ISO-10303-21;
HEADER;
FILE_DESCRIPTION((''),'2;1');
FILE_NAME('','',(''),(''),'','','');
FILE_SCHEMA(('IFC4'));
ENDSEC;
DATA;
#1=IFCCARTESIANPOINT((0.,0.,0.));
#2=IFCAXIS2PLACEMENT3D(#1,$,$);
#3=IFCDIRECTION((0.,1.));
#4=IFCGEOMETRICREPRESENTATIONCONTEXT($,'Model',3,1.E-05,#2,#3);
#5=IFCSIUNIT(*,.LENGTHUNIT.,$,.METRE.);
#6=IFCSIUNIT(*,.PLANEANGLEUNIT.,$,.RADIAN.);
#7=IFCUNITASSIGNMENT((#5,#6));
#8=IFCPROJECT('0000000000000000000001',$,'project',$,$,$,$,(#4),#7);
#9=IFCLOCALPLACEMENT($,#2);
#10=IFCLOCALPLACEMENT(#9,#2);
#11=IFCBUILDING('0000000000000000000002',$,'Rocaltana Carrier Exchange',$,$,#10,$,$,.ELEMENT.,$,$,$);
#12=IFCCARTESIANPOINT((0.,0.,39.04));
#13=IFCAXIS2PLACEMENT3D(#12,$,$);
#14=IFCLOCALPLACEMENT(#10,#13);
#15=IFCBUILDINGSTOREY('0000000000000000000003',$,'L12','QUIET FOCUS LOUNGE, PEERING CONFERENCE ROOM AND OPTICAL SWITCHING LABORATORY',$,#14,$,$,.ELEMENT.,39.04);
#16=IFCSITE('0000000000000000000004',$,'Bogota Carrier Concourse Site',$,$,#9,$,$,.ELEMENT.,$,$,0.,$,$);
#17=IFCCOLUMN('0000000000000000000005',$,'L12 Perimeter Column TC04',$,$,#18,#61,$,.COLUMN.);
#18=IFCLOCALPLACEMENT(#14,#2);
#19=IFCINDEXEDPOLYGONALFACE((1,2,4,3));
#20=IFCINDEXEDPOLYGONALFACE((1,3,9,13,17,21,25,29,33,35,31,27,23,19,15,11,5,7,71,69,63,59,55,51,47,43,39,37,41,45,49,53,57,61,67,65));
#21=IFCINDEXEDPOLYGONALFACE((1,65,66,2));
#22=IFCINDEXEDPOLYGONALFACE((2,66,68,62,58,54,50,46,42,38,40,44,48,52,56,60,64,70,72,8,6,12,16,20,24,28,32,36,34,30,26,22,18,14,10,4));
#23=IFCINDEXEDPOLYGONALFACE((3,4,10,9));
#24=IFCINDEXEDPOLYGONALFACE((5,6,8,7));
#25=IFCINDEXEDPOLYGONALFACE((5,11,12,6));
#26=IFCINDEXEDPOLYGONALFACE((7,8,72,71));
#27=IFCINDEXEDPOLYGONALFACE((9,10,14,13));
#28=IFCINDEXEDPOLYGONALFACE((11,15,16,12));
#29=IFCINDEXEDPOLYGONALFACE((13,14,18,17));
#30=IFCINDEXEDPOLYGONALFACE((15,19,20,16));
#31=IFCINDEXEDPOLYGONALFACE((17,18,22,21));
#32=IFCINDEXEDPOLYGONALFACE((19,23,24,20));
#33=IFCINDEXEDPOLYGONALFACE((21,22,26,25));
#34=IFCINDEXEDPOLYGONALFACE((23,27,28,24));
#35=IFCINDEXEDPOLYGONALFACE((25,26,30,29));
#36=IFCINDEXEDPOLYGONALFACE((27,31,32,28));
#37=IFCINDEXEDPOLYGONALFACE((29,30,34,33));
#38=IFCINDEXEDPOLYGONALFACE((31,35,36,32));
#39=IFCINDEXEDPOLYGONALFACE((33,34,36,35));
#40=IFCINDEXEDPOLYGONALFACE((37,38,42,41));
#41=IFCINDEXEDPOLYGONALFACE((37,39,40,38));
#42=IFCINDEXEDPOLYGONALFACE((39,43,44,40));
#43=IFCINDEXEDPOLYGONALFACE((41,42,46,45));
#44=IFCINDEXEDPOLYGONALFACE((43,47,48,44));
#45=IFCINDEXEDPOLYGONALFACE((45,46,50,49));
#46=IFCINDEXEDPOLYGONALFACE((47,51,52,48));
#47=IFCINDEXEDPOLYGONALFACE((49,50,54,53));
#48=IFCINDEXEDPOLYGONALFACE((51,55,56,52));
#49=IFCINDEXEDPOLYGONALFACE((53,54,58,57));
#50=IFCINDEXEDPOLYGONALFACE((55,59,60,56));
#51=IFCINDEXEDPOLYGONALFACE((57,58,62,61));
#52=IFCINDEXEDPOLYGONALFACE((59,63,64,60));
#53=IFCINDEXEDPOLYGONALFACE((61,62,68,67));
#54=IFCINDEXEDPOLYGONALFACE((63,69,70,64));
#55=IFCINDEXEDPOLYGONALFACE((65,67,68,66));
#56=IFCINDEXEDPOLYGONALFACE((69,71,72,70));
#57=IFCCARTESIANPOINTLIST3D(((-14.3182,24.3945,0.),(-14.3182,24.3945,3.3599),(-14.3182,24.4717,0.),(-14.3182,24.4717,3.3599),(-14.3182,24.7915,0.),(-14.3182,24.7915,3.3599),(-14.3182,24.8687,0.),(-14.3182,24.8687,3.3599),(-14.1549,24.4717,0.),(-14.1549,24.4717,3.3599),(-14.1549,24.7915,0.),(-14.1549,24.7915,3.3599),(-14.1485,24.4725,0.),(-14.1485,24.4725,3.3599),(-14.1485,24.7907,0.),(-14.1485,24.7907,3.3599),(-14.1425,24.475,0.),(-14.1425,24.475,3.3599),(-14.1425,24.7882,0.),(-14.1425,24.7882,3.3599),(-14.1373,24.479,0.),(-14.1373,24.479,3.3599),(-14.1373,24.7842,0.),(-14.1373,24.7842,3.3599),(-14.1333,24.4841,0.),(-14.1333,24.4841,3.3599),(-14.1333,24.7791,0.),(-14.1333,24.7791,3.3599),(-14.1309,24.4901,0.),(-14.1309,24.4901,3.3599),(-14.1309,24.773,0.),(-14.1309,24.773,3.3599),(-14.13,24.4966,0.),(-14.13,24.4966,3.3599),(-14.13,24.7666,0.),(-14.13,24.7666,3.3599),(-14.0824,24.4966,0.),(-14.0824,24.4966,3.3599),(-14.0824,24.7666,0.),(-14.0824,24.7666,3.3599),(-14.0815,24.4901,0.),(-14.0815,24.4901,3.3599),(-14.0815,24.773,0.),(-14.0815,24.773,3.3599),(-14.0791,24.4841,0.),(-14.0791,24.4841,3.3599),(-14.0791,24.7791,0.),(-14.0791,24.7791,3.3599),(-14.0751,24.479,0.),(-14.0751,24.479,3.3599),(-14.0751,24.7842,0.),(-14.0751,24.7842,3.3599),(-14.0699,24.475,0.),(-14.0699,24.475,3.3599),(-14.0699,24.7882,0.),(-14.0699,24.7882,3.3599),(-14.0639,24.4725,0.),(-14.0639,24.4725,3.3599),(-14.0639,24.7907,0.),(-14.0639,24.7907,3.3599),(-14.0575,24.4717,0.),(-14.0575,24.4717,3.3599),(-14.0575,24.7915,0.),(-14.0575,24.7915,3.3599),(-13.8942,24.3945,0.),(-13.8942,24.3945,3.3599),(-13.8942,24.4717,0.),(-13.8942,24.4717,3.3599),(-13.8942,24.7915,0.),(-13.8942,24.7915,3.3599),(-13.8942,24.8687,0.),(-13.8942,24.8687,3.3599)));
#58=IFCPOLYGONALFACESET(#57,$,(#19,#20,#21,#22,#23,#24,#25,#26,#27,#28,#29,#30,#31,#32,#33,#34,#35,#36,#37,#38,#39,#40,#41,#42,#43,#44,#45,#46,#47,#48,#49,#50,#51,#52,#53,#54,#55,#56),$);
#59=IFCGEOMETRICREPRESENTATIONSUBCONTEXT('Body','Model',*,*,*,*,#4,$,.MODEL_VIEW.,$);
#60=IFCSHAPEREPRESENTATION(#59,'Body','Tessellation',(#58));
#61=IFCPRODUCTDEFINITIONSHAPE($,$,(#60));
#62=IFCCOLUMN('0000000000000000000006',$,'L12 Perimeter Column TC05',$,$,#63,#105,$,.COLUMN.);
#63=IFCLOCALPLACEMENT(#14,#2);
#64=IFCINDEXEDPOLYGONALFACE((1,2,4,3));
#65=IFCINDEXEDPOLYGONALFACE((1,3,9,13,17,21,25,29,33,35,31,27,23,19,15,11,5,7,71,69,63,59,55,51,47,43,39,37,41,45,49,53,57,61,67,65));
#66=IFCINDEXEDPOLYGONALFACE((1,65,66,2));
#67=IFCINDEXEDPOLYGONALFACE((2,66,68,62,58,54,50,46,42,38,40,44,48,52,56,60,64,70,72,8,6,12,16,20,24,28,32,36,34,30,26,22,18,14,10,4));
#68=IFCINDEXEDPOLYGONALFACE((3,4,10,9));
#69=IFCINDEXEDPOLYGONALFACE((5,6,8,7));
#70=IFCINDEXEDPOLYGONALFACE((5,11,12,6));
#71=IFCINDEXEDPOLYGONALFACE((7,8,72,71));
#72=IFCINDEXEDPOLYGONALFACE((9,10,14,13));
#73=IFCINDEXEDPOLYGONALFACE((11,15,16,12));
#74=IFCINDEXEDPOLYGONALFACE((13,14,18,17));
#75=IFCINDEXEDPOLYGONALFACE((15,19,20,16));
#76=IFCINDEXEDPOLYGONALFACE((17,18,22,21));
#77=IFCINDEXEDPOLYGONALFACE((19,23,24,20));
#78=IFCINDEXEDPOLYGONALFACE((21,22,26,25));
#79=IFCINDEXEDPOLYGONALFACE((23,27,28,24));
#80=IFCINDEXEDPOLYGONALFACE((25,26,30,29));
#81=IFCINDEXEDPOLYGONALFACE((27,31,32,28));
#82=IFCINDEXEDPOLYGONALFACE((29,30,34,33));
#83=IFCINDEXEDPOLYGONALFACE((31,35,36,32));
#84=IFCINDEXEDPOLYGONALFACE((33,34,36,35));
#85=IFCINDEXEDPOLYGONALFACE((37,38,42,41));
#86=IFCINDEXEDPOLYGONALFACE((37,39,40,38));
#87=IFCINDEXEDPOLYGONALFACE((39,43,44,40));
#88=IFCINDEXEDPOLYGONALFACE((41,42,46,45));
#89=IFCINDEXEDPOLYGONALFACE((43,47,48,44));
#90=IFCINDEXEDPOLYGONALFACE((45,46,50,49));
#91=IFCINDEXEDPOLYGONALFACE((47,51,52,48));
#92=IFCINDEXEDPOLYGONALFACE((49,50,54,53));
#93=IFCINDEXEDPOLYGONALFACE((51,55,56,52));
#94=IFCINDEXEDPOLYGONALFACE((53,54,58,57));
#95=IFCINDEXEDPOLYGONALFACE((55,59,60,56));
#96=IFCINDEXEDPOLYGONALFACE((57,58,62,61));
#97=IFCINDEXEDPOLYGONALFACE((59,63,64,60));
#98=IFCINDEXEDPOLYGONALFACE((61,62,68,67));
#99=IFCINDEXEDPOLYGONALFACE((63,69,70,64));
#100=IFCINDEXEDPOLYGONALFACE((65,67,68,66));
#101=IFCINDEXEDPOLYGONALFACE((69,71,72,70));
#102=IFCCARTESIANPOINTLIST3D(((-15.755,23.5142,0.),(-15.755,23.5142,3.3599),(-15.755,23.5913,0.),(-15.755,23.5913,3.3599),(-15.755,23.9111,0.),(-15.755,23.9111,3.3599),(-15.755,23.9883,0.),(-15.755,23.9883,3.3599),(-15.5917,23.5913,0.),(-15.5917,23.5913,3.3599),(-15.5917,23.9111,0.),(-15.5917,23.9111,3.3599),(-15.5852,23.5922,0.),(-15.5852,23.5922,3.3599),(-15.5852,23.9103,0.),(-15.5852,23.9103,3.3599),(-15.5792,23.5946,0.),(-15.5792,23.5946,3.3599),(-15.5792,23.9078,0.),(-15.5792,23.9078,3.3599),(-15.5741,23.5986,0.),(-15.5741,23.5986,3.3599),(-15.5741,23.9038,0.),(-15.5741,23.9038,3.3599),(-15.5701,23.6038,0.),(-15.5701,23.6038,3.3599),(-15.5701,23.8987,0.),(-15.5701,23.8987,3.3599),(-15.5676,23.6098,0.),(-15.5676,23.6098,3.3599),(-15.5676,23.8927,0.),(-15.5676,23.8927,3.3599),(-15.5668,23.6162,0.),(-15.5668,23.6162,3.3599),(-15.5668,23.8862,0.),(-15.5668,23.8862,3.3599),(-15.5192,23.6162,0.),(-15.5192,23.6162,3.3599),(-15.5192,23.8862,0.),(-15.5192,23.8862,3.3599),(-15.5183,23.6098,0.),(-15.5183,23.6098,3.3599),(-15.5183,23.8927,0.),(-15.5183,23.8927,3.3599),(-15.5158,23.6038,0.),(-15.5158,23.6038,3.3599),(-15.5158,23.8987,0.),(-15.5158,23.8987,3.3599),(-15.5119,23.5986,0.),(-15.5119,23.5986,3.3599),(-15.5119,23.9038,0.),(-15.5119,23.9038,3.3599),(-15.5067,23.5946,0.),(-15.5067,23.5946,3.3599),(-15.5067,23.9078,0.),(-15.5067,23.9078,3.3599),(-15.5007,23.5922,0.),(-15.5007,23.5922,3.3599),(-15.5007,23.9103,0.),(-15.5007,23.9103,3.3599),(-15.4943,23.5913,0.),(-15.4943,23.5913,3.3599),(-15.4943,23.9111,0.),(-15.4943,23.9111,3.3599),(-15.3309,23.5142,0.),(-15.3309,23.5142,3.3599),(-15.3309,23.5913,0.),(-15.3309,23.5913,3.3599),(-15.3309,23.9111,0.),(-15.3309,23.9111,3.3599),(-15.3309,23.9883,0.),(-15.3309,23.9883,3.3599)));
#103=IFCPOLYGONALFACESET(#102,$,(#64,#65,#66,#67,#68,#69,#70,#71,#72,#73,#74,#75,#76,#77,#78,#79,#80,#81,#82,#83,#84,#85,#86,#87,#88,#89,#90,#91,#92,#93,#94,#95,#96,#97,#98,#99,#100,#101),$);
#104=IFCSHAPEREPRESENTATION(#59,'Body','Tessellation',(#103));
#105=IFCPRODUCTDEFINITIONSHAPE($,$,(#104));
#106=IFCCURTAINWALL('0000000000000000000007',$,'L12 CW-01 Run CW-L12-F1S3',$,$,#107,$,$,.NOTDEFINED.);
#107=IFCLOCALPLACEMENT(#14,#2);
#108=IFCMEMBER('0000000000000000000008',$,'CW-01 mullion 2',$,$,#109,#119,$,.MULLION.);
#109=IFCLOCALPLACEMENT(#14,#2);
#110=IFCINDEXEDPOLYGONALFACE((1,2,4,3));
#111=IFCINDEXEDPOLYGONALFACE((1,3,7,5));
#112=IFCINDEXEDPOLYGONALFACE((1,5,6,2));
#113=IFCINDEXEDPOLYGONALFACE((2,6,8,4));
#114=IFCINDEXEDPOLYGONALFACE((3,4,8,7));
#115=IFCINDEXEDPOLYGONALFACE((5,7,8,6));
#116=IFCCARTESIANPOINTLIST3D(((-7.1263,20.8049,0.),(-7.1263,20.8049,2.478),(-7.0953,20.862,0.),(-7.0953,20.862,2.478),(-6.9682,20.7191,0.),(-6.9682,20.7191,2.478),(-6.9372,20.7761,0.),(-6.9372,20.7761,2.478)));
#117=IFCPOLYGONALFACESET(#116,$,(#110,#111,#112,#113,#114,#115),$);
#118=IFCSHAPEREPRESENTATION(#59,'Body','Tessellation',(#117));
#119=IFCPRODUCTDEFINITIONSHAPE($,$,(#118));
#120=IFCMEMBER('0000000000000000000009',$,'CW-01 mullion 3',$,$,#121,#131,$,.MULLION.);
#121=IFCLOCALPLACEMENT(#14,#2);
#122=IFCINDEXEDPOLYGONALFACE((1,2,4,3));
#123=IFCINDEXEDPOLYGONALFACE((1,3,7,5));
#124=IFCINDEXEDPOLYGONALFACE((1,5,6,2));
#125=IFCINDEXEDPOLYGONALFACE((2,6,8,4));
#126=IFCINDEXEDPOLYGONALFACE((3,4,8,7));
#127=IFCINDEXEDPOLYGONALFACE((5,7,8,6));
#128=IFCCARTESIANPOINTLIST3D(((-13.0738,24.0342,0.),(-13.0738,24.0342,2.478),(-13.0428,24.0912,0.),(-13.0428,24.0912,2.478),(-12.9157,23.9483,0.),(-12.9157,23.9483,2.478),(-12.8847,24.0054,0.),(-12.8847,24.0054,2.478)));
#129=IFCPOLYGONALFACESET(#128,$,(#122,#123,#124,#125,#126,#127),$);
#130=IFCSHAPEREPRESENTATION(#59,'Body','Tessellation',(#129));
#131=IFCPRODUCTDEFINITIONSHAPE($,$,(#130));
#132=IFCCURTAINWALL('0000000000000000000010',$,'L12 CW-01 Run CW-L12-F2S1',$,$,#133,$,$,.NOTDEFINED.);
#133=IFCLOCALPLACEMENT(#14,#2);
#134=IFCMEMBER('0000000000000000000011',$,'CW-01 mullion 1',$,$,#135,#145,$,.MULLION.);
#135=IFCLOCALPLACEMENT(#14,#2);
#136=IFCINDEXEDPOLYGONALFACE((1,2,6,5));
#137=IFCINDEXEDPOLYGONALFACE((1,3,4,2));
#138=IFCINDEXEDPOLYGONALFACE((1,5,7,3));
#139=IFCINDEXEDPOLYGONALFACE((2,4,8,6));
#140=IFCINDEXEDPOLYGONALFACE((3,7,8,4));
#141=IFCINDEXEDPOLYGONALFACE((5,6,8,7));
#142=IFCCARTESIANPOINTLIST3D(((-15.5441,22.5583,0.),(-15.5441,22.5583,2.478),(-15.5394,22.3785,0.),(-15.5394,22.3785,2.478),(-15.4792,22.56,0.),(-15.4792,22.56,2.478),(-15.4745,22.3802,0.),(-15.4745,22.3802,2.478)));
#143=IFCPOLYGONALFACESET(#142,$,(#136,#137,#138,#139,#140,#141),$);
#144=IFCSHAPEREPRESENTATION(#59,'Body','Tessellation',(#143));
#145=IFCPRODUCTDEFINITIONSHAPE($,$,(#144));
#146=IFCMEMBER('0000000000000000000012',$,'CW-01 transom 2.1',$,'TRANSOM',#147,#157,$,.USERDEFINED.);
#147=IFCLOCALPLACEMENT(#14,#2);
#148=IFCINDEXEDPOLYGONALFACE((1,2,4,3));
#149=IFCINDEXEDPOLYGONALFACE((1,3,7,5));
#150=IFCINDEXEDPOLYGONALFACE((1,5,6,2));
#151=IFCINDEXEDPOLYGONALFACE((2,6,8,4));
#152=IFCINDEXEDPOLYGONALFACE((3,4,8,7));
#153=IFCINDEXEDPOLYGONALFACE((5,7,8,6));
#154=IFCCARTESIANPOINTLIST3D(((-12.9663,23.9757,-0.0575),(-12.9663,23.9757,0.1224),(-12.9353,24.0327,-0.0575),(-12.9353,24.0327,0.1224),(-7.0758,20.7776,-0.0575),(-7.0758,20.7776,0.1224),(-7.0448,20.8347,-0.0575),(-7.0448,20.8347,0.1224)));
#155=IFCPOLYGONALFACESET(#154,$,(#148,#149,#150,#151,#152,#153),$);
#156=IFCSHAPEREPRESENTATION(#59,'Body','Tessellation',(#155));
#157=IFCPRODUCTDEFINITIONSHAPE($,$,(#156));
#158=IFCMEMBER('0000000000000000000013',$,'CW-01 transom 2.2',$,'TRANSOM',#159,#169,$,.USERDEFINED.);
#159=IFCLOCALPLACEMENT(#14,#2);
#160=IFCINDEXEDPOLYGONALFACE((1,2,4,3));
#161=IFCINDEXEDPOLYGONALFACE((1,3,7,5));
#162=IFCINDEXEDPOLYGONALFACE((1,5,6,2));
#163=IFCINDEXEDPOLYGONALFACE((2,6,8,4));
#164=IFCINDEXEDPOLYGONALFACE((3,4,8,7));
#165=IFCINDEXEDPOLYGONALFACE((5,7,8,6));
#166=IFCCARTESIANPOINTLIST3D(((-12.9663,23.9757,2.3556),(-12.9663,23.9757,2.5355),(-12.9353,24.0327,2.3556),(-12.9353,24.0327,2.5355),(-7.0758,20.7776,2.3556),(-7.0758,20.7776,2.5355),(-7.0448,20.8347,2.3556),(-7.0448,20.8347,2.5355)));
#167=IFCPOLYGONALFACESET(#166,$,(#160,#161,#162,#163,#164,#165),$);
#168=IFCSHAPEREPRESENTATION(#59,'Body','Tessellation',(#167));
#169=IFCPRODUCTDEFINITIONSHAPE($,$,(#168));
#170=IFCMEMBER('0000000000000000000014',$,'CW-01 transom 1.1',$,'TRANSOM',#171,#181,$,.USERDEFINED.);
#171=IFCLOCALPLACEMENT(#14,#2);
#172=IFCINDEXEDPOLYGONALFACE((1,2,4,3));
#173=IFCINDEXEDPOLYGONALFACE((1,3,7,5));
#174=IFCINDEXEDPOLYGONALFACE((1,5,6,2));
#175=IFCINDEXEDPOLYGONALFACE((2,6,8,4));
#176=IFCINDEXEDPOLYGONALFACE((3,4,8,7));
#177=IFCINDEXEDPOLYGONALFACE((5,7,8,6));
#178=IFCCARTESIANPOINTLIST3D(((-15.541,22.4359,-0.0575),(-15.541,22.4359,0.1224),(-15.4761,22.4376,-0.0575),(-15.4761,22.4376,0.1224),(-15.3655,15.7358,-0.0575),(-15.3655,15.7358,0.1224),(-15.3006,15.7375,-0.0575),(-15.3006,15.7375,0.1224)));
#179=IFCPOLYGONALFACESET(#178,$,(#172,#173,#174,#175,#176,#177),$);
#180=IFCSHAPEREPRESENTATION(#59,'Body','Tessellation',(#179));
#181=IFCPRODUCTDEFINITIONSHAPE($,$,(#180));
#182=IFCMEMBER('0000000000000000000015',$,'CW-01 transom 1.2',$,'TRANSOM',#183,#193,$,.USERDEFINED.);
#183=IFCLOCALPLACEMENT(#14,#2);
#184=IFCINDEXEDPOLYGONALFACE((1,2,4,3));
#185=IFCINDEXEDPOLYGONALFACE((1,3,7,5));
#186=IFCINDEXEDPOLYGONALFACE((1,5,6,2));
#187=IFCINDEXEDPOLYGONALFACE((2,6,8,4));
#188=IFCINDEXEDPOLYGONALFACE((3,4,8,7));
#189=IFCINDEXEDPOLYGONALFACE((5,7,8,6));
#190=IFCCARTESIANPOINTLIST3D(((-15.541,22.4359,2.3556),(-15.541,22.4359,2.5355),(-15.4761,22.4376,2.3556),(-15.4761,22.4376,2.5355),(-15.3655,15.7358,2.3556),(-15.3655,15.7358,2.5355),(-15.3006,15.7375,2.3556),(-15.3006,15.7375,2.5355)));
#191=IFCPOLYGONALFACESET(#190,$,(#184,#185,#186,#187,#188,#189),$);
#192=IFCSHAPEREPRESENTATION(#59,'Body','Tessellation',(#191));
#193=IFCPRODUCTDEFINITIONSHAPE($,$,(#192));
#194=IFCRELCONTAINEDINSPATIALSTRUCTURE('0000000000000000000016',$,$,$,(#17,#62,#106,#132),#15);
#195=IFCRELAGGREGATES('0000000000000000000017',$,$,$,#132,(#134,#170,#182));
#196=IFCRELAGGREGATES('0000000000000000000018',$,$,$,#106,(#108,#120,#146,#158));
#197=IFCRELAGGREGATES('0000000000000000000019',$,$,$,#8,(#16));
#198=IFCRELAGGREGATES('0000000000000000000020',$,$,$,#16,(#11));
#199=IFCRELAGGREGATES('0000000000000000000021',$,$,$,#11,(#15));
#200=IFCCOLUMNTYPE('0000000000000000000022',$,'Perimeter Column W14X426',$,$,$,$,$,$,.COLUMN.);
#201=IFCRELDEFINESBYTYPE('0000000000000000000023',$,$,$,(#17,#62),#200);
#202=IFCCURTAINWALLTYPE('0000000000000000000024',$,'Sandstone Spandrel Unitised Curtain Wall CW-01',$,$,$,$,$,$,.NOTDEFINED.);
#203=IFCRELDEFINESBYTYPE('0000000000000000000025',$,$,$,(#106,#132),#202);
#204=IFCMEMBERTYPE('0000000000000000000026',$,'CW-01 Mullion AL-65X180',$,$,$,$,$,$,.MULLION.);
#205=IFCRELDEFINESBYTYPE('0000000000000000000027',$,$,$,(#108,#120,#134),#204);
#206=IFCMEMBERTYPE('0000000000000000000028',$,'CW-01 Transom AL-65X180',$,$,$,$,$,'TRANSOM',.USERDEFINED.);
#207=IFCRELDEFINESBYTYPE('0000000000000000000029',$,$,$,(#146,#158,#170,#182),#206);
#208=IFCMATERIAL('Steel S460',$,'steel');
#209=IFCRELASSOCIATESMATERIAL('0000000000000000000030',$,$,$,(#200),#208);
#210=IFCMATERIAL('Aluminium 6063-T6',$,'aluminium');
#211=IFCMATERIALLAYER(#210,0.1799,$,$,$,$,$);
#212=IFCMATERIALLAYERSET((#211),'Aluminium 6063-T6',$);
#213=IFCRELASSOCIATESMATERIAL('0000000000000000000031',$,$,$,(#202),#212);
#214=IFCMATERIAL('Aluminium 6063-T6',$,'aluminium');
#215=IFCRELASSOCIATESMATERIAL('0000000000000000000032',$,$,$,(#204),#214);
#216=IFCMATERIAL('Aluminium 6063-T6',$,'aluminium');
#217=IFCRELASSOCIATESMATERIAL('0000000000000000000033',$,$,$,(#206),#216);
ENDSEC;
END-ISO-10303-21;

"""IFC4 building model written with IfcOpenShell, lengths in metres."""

from ifc_helpers import new_model, si_unit, direction, frame, origin, origin_2d, place, context, subcontext, project, spatial, rectangle, i_section, extrude, material, layer, layer_set, material_profile, profile_set, type_object, element, aggregate, save


model = new_model("IFC4")

# Units and contexts
model_context = context("Model", 3, precision=1e-05, world=origin(), true_north=direction((0.0, 1.0)))
body_context = subcontext(model_context, "Body", "Model", "MODEL_VIEW")
ifc_project = project(units=[si_unit("LENGTHUNIT", "METRE"), si_unit("PLANEANGLEUNIT", "RADIAN")], contexts=[model_context])

# Site, building, storey
site_placement = place(None, origin())
site = spatial("IfcSite", under=ifc_project, at=site_placement, Name="Bogota Carrier Concourse Site", CompositionType="ELEMENT", RefElevation=0.0)
building_placement = place(site_placement, origin())
building = spatial("IfcBuilding", under=site, at=building_placement, Name="Rocaltana Carrier Exchange", CompositionType="ELEMENT")
storey_placement = place(building_placement, frame((0.0, 0.0, 39.04)))
storey = spatial("IfcBuildingStorey", under=building, at=storey_placement, Name="L12", Description="QUIET FOCUS LOUNGE, PEERING CONFERENCE ROOM AND OPTICAL SWITCHING LABORATORY", CompositionType="ELEMENT", Elevation=39.04)

# Columns
ifc_material_1 = material(Name="Steel S460", Category="steel")
ifc_material_profile_1 = material_profile(ifc_material_1, i_section(OverallWidth=0.4241, OverallDepth=0.4741, WebThickness=0.0476, FlangeThickness=0.0771, FilletRadius=0.0249, at=origin_2d()), Name="W14X426")
ifc_profile_set_1 = profile_set([ifc_material_profile_1], Name="Steel S460")
column_type = type_object("IfcColumnType", Name="Perimeter Column W14X426", PredefinedType="COLUMN", material=ifc_profile_set_1)
for number, where, z_axis, x_axis, name in (
    (1, (-14.1062, 24.6316, 0.0), (0.0, 0.0, 1.0), (1.0, 0.0, 0.0), "L12 Perimeter Column TC04"),
    (2, (-15.543, 23.7512, 0.0), (0.0, 0.0, 1.0), (1.0, 0.0, 0.0), "L12 Perimeter Column TC05"),
):
    element("IfcColumn", number, at=place(storey_placement, frame(where, z_axis=z_axis, x_axis=x_axis)), inside=storey, type_object=column_type, Name=name, PredefinedType="COLUMN", context=body_context, shape_type="SweptSolid", body=[
        extrude(i_section(OverallWidth=0.4241, OverallDepth=0.4741, WebThickness=0.0476, FlangeThickness=0.0771, FilletRadius=0.0249, at=origin_2d()), origin(), (0.0, 0.0, 1.0), 3.3599),
    ])

# Curtain wall, members
ifc_material_2 = material(Name="Aluminium 6063-T6", Category="aluminium")
ifc_layer_1 = layer(ifc_material_2, 0.1799)
ifc_layer_set_1 = layer_set([ifc_layer_1], Name="Aluminium 6063-T6")
curtain_wall_type = type_object("IfcCurtainWallType", Name="Sandstone Spandrel Unitised Curtain Wall CW-01", PredefinedType="NOTDEFINED", material=ifc_layer_set_1)
curtain_wall_1_placement = place(storey_placement, origin())
curtain_wall_1 = element("IfcCurtainWall", 3, at=curtain_wall_1_placement, inside=storey, type_object=curtain_wall_type, Name="L12 CW-01 Run CW-L12-F1S3", PredefinedType="NOTDEFINED")
ifc_material_3 = material(Name="Aluminium 6063-T6", Category="aluminium")
ifc_material_profile_2 = material_profile(ifc_material_3, rectangle(XDim=0.0649, YDim=0.1799, at=origin_2d()), Name="AL-65X180")
ifc_profile_set_2 = profile_set([ifc_material_profile_2], Name="Aluminium 6063-T6")
member_type_1 = type_object("IfcMemberType", Name="CW-01 Mullion AL-65X180", PredefinedType="MULLION", material=ifc_profile_set_2)
member_1_placement = place(storey_placement, frame((-7.0317, 20.7905, 0.0), z_axis=(0.0, 0.0, 1.0), x_axis=(-0.477156, -0.878819, 0.0)))
member_1 = element("IfcMember", 4, at=member_1_placement, type_object=member_type_1, Name="CW-01 mullion 2", PredefinedType="MULLION", context=body_context, shape_type="SweptSolid", body=[
    extrude(rectangle(XDim=0.0649, YDim=0.1799, at=origin_2d()), origin(), (0.0, 0.0, 1.0), 2.478),
])
member_2_placement = place(storey_placement, frame((-12.9792, 24.0198, 0.0), z_axis=(0.0, 0.0, 1.0), x_axis=(-0.477156, -0.878819, 0.0)))
member_2 = element("IfcMember", 5, at=member_2_placement, type_object=member_type_1, Name="CW-01 mullion 3", PredefinedType="MULLION", context=body_context, shape_type="SweptSolid", body=[
    extrude(rectangle(XDim=0.0649, YDim=0.1799, at=origin_2d()), origin(), (0.0, 0.0, 1.0), 2.478),
])

# Curtain wall, member
curtain_wall_2_placement = place(storey_placement, origin())
curtain_wall_2 = element("IfcCurtainWall", 6, at=curtain_wall_2_placement, inside=storey, type_object=curtain_wall_type, Name="L12 CW-01 Run CW-L12-F2S1", PredefinedType="NOTDEFINED")
member_3_placement = place(storey_placement, frame((-15.5093, 22.4692, 0.0), z_axis=(0.0, 0.0, 1.0), x_axis=(0.999657, 0.026184, 0.0)))
member_3 = element("IfcMember", 7, at=member_3_placement, type_object=member_type_1, Name="CW-01 mullion 1", PredefinedType="MULLION", context=body_context, shape_type="SweptSolid", body=[
    extrude(rectangle(XDim=0.0649, YDim=0.1799, at=origin_2d()), origin(), (0.0, 0.0, 1.0), 2.478),
])

# Members
ifc_material_4 = material(Name="Aluminium 6063-T6", Category="aluminium")
ifc_material_profile_3 = material_profile(ifc_material_4, rectangle(XDim=0.0649, YDim=0.1799, at=origin_2d()), Name="AL-65X180")
ifc_profile_set_3 = profile_set([ifc_material_profile_3], Name="Aluminium 6063-T6")
member_type_2 = type_object("IfcMemberType", Name="CW-01 Transom AL-65X180", ElementType="TRANSOM", PredefinedType="USERDEFINED", material=ifc_profile_set_3)
member_4_placement = place(storey_placement, frame((-7.0603, 20.8062, 0.0325), z_axis=(-0.878831, 0.477134, 0.0), x_axis=(-0.477134, -0.878831, 0.0)))
member_4 = element("IfcMember", 8, at=member_4_placement, type_object=member_type_2, Name="CW-01 transom 2.1", ObjectType="TRANSOM", PredefinedType="USERDEFINED", context=body_context, shape_type="SweptSolid", body=[
    extrude(rectangle(XDim=0.0649, YDim=0.1799, at=origin_2d()), origin(), (0.0, 0.0, 1.0), 6.7026),
])
member_5_placement = place(storey_placement, frame((-7.0603, 20.8062, 2.4456), z_axis=(-0.878831, 0.477134, 0.0), x_axis=(-0.477134, -0.878831, 0.0)))
member_5 = element("IfcMember", 9, at=member_5_placement, type_object=member_type_2, Name="CW-01 transom 2.2", ObjectType="TRANSOM", PredefinedType="USERDEFINED", context=body_context, shape_type="SweptSolid", body=[
    extrude(rectangle(XDim=0.0649, YDim=0.1799, at=origin_2d()), origin(), (0.0, 0.0, 1.0), 6.7026),
])
member_6_placement = place(storey_placement, frame((-15.5085, 22.4368, 0.0325), z_axis=(0.02619, -0.999657, 0.0), x_axis=(0.999657, 0.02619, 0.0)))
member_6 = element("IfcMember", 10, at=member_6_placement, type_object=member_type_2, Name="CW-01 transom 1.1", ObjectType="TRANSOM", PredefinedType="USERDEFINED", context=body_context, shape_type="SweptSolid", body=[
    extrude(rectangle(XDim=0.0649, YDim=0.1799, at=origin_2d()), origin(), (0.0, 0.0, 1.0), 6.7024),
])
member_7_placement = place(storey_placement, frame((-15.5085, 22.4368, 2.4456), z_axis=(0.02619, -0.999657, 0.0), x_axis=(0.999657, 0.02619, 0.0)))
member_7 = element("IfcMember", 11, at=member_7_placement, type_object=member_type_2, Name="CW-01 transom 1.2", ObjectType="TRANSOM", PredefinedType="USERDEFINED", context=body_context, shape_type="SweptSolid", body=[
    extrude(rectangle(XDim=0.0649, YDim=0.1799, at=origin_2d()), origin(), (0.0, 0.0, 1.0), 6.7024),
])
aggregate(curtain_wall_2, [member_3, member_6, member_7])

aggregate(curtain_wall_1, [member_1, member_2, member_4, member_5])

save(model, "model.ifc")
